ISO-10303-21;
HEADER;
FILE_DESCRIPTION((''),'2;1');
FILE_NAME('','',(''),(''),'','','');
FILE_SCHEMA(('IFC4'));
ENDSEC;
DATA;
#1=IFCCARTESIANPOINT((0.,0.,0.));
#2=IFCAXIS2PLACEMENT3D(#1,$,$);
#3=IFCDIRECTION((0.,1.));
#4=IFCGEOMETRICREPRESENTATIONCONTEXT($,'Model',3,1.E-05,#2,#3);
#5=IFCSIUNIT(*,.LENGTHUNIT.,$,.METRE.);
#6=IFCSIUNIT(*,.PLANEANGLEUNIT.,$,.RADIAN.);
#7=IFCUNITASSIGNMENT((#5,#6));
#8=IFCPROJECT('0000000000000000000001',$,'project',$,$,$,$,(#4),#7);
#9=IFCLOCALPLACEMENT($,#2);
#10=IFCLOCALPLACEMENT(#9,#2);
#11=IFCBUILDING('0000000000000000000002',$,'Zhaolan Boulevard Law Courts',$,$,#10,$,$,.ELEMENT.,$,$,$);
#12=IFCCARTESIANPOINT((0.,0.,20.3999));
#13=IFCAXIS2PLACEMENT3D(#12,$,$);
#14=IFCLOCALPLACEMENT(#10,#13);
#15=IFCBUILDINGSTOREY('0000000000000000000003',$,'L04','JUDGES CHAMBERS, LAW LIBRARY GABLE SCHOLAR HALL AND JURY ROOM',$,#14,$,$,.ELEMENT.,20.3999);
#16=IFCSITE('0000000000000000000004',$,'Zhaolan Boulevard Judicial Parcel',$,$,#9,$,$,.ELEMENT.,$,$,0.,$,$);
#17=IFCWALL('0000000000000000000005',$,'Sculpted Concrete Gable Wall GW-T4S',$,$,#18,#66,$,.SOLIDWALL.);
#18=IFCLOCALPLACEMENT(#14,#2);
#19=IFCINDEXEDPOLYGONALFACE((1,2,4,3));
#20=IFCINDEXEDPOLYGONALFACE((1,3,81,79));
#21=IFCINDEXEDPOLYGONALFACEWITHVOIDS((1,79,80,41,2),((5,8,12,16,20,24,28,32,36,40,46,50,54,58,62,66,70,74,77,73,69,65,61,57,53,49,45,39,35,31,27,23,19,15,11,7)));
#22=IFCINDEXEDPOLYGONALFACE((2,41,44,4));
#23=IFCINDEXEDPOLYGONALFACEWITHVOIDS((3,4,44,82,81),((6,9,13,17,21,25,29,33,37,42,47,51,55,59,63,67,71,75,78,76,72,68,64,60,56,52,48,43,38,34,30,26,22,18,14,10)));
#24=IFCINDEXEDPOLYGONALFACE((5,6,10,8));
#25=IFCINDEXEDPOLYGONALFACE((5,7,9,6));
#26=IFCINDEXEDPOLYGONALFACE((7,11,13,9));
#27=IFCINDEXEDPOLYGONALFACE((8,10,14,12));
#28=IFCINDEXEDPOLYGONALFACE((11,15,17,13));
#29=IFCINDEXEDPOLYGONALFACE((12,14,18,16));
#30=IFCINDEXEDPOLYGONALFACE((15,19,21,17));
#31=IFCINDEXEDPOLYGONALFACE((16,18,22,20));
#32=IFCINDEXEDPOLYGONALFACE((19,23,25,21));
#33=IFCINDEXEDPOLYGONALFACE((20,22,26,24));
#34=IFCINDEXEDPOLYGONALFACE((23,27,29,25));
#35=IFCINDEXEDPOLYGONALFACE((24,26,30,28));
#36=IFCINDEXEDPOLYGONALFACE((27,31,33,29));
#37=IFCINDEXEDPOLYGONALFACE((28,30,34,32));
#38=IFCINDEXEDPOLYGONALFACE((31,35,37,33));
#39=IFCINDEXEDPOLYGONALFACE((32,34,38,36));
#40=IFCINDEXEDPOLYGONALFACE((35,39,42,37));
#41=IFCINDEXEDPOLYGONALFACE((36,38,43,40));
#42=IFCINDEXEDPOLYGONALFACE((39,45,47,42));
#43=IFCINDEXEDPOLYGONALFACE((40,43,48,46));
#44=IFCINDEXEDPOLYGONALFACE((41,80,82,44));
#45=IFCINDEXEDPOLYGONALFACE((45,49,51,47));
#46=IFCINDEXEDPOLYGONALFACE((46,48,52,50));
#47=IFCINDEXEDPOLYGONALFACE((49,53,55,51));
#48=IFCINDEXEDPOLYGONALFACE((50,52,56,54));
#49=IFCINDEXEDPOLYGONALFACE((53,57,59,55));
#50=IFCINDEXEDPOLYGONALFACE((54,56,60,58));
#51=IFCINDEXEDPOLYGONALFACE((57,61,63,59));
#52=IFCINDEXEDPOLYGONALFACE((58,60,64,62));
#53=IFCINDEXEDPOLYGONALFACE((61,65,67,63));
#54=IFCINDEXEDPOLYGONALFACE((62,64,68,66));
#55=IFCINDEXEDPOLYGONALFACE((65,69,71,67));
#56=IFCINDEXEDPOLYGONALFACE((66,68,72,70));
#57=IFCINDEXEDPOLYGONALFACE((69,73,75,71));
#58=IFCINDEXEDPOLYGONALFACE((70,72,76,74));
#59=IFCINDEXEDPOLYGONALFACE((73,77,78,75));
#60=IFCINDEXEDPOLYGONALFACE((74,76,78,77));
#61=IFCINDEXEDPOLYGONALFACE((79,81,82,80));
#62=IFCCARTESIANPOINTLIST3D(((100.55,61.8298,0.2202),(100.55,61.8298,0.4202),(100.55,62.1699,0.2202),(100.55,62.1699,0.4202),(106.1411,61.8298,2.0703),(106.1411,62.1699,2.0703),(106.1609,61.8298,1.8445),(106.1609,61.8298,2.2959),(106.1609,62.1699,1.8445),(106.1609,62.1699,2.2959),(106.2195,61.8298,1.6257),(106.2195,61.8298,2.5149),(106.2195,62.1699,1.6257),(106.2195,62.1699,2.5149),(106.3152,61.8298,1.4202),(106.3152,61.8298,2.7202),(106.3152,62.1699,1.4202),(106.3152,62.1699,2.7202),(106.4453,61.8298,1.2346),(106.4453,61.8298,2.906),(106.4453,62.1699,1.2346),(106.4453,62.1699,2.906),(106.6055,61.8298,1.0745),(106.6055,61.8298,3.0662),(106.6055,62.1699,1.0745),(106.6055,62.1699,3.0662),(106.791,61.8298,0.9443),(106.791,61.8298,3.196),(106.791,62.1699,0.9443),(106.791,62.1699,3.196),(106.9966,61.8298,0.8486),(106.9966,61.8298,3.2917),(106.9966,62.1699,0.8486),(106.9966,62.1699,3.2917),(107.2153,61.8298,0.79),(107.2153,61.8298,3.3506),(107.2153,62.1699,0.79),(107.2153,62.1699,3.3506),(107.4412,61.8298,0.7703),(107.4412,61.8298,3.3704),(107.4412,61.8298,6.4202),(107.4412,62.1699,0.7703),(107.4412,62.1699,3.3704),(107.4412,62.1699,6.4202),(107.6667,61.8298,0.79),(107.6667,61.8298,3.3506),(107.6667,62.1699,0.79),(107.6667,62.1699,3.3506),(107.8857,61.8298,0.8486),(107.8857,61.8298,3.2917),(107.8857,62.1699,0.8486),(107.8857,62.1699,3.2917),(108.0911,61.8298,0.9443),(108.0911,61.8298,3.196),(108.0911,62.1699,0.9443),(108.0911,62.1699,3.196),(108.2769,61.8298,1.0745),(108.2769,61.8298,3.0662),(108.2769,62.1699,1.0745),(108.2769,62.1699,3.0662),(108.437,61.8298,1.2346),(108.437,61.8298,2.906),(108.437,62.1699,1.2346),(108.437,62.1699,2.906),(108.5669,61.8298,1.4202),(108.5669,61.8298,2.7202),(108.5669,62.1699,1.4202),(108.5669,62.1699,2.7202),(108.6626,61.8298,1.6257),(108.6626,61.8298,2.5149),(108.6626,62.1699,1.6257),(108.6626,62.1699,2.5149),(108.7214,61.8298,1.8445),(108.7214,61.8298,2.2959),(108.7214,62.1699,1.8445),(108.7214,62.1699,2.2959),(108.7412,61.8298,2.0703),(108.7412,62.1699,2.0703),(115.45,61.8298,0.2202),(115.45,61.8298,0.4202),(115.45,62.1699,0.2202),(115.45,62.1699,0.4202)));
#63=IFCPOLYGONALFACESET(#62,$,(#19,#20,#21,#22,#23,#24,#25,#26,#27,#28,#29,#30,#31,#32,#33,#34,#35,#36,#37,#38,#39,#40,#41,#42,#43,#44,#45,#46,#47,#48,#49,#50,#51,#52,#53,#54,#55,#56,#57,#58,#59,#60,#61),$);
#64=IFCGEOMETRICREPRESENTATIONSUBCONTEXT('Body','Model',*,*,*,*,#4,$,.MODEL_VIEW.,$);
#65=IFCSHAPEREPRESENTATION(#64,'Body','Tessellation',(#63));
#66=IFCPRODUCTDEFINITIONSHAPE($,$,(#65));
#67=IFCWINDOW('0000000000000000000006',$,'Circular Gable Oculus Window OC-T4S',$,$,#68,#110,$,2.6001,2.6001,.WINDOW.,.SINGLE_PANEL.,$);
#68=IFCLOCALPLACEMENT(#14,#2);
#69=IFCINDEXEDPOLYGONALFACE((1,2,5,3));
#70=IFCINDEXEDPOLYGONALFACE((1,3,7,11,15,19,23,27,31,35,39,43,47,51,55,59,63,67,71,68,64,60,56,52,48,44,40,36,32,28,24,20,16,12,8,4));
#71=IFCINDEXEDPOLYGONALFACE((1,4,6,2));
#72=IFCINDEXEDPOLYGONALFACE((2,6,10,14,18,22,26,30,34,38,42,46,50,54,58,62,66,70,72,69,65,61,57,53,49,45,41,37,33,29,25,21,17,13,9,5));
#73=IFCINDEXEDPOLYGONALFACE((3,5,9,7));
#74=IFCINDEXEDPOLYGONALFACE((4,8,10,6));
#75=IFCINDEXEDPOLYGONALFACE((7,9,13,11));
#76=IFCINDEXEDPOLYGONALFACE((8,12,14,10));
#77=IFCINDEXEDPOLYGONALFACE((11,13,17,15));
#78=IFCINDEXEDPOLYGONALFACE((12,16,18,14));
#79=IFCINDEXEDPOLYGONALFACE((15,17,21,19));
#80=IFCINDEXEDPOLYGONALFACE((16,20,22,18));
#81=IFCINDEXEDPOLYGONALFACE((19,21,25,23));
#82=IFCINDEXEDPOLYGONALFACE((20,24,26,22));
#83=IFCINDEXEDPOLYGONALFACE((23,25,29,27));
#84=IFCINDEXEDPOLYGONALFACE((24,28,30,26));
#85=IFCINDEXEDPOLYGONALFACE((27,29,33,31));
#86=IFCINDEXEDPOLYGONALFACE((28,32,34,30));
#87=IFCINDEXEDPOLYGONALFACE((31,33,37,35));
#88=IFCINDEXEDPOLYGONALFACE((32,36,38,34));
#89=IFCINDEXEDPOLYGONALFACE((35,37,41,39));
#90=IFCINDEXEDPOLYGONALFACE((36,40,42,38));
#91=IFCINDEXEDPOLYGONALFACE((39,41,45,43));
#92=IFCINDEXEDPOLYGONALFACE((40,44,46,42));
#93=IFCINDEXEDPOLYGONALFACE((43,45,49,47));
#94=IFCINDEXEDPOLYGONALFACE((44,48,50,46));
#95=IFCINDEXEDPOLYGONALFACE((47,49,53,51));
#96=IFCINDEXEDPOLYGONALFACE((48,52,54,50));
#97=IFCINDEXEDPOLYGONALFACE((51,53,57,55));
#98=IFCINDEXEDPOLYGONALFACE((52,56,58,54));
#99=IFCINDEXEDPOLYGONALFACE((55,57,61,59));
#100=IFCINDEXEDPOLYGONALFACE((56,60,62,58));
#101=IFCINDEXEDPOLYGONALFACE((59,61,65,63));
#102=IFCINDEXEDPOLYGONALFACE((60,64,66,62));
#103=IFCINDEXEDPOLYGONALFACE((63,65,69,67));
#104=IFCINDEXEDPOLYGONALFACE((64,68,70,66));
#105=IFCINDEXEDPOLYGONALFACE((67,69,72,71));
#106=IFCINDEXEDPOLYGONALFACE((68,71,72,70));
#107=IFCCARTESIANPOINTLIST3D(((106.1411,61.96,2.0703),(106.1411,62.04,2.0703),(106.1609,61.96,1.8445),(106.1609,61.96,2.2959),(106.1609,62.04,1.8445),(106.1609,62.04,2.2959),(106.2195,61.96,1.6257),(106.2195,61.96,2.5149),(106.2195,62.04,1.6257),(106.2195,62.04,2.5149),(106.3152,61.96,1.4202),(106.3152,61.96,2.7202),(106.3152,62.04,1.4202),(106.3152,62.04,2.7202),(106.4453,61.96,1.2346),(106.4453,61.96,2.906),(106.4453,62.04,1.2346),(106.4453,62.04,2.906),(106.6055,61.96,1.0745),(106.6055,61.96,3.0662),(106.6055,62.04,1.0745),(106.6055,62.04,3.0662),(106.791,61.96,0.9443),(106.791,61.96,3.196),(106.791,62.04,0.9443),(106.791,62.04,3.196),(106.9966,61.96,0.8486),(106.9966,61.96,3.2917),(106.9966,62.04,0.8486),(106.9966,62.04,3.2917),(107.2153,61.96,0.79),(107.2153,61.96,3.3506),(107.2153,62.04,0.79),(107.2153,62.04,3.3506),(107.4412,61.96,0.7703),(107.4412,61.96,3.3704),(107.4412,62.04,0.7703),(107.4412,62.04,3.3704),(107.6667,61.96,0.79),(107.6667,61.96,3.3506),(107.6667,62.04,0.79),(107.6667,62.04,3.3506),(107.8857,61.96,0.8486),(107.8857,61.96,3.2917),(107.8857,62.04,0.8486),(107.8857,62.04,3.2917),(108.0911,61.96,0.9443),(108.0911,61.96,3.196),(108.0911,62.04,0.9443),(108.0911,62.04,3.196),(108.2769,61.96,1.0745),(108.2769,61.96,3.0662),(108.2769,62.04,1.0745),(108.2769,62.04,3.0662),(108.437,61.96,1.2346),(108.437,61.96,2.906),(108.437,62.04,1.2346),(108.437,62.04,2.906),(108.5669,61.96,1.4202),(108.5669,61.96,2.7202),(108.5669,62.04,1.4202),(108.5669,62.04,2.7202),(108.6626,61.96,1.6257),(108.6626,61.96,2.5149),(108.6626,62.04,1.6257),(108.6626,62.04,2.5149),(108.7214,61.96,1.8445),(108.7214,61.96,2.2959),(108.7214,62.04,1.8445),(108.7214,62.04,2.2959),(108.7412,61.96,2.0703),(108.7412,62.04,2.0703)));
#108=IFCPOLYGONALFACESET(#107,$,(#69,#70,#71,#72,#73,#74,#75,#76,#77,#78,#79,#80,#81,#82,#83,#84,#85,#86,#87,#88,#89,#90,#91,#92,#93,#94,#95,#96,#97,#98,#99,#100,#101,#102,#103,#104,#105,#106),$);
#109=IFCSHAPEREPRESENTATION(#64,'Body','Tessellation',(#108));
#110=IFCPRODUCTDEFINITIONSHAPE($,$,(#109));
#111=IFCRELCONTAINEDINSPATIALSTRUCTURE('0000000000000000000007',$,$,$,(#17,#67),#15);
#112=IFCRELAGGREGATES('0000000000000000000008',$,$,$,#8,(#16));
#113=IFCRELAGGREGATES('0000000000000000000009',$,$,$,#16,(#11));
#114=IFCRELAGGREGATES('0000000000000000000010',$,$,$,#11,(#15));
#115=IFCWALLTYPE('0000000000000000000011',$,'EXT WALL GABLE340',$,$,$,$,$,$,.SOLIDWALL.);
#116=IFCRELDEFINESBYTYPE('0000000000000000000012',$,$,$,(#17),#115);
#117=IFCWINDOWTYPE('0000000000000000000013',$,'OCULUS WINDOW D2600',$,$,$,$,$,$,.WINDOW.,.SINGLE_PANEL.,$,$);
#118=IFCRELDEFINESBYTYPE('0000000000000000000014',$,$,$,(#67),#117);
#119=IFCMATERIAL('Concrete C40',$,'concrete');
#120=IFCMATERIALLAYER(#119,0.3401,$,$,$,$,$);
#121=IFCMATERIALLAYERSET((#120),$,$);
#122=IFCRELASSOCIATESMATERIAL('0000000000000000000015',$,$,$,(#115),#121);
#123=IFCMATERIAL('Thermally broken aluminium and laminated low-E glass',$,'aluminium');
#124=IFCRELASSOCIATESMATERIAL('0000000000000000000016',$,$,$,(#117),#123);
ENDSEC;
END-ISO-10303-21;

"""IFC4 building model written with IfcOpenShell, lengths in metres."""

from ifc_helpers import new_model, si_unit, direction, frame, origin, place, context, subcontext, project, spatial, polyline, outline, extrude, material, layer, layer_set, type_object, element, fill, save


model = new_model("IFC4")

# Units and contexts
model_context = context("Model", 3, precision=1e-05, world=origin(), true_north=direction((0.0, 1.0)))
body_context = subcontext(model_context, "Body", "Model", "MODEL_VIEW")
ifc_project = project(units=[si_unit("LENGTHUNIT", "METRE"), si_unit("PLANEANGLEUNIT", "RADIAN")], contexts=[model_context])

# Site, building, storey
site_placement = place(None, origin())
site = spatial("IfcSite", under=ifc_project, at=site_placement, Name="Zhaolan Boulevard Judicial Parcel", CompositionType="ELEMENT", RefElevation=0.0)
building_placement = place(site_placement, origin())
building = spatial("IfcBuilding", under=site, at=building_placement, Name="Zhaolan Boulevard Law Courts", CompositionType="ELEMENT")
storey_placement = place(building_placement, frame((0.0, 0.0, 20.3999)))
storey = spatial("IfcBuildingStorey", under=building, at=storey_placement, Name="L04", Description="JUDGES CHAMBERS, LAW LIBRARY GABLE SCHOLAR HALL AND JURY ROOM", CompositionType="ELEMENT", Elevation=20.3999)

# Wall, opening, window
ifc_material_1 = material(Name="Concrete C40", Category="concrete")
ifc_layer_1 = layer(ifc_material_1, 0.3401)
ifc_layer_set_1 = layer_set([ifc_layer_1])
wall_type = type_object("IfcWallType", Name="EXT WALL GABLE340", PredefinedType="SOLIDWALL", material=ifc_layer_set_1)
wall_1_placement = place(storey_placement, frame((100.55, 62.0, 0.2202), z_axis=(0.0, 0.0, 1.0), x_axis=(1.0, 0.0, 0.0)))
wall_1 = element("IfcWall", 1, at=wall_1_placement, inside=storey, type_object=wall_type, Name="Sculpted Concrete Gable Wall GW-T4S", PredefinedType="SOLIDWALL", context=body_context, shape_type="SweptSolid", body=[
    extrude(outline(polyline([(0.0, 0.0), (14.8999, 0.0), (14.8999, 0.2), (6.8911, 6.2), (0.0, 0.2), (0.0, 0.0)])), frame((0.0, 0.1699, 0.0), z_axis=(0.0, -1.0, 0.0), x_axis=(1.0, 0.0, 0.0)), (0.0, 0.0, 1.0), 0.3401),
])
opening_1_placement = place(wall_1_placement, frame((5.5911, 0.0, 0.55)))
opening_1 = element("IfcOpeningElement", 2, at=opening_1_placement, cuts=wall_1, PredefinedType="OPENING", context=body_context, shape_type="SweptSolid", body=[
    extrude(outline(polyline([(2.6001, 1.3), (2.5803, 1.5256), (2.5215, 1.7446), (2.4258, 1.95), (2.2959, 2.1357), (2.1357, 2.2959), (1.95, 2.4258), (1.7446, 2.5215), (1.5256, 2.5803), (1.3, 2.6001), (1.0742, 2.5803), (0.8555, 2.5215), (0.6499, 2.4258), (0.4644, 2.2959), (0.3042, 2.1357), (0.1741, 1.95), (0.0784, 1.7446), (0.0198, 1.5256), (0.0, 1.3), (0.0198, 1.0742), (0.0784, 0.8555), (0.1741, 0.6499), (0.3042, 0.4644), (0.4644, 0.3042), (0.6499, 0.1741), (0.8555, 0.0784), (1.0742, 0.0198), (1.3, 0.0), (1.5256, 0.0198), (1.7446, 0.0784), (1.95, 0.1741), (2.1357, 0.3042), (2.2959, 0.4644), (2.4258, 0.6499), (2.5215, 0.8555), (2.5803, 1.0742), (2.6001, 1.3)])), frame((0.0, 0.1799, 0.0), z_axis=(0.0, -1.0, 0.0), x_axis=(1.0, 0.0, 0.0)), (0.0, 0.0, 1.0), 0.3601),
])
ifc_material_2 = material(Name="Thermally broken aluminium and laminated low-E glass", Category="aluminium")
window_type_1 = type_object("IfcWindowType", Name="OCULUS WINDOW D2600", PartitioningType="SINGLE_PANEL", PredefinedType="WINDOW", material=ifc_material_2)
window_1_placement = place(opening_1_placement, origin())
window_1 = element("IfcWindow", 3, at=window_1_placement, inside=storey, type_object=window_type_1, Name="Circular Gable Oculus Window OC-T4S", OverallHeight=2.6001, OverallWidth=2.6001, PartitioningType="SINGLE_PANEL", PredefinedType="WINDOW", context=body_context, shape_type="SweptSolid", body=[
    extrude(outline(polyline([(2.6001, 1.3), (2.5803, 1.5256), (2.5215, 1.7446), (2.4258, 1.95), (2.2959, 2.1357), (2.1357, 2.2959), (1.95, 2.4258), (1.7446, 2.5215), (1.5256, 2.5803), (1.3, 2.6001), (1.0742, 2.5803), (0.8555, 2.5215), (0.6499, 2.4258), (0.4644, 2.2959), (0.3042, 2.1357), (0.1741, 1.95), (0.0784, 1.7446), (0.0198, 1.5256), (0.0, 1.3), (0.0198, 1.0742), (0.0784, 0.8555), (0.1741, 0.6499), (0.3042, 0.4644), (0.4644, 0.3042), (0.6499, 0.1741), (0.8555, 0.0784), (1.0742, 0.0198), (1.3, 0.0), (1.5256, 0.0198), (1.7446, 0.0784), (1.95, 0.1741), (2.1357, 0.3042), (2.2959, 0.4644), (2.4258, 0.6499), (2.5215, 0.8555), (2.5803, 1.0742), (2.6001, 1.3)])), frame((0.0, 0.04, 0.0), z_axis=(0.0, -1.0, 0.0), x_axis=(1.0, 0.0, 0.0)), (0.0, 0.0, 1.0), 0.0801),
])
fill(opening_1, window_1)

save(model, "model.ifc")
